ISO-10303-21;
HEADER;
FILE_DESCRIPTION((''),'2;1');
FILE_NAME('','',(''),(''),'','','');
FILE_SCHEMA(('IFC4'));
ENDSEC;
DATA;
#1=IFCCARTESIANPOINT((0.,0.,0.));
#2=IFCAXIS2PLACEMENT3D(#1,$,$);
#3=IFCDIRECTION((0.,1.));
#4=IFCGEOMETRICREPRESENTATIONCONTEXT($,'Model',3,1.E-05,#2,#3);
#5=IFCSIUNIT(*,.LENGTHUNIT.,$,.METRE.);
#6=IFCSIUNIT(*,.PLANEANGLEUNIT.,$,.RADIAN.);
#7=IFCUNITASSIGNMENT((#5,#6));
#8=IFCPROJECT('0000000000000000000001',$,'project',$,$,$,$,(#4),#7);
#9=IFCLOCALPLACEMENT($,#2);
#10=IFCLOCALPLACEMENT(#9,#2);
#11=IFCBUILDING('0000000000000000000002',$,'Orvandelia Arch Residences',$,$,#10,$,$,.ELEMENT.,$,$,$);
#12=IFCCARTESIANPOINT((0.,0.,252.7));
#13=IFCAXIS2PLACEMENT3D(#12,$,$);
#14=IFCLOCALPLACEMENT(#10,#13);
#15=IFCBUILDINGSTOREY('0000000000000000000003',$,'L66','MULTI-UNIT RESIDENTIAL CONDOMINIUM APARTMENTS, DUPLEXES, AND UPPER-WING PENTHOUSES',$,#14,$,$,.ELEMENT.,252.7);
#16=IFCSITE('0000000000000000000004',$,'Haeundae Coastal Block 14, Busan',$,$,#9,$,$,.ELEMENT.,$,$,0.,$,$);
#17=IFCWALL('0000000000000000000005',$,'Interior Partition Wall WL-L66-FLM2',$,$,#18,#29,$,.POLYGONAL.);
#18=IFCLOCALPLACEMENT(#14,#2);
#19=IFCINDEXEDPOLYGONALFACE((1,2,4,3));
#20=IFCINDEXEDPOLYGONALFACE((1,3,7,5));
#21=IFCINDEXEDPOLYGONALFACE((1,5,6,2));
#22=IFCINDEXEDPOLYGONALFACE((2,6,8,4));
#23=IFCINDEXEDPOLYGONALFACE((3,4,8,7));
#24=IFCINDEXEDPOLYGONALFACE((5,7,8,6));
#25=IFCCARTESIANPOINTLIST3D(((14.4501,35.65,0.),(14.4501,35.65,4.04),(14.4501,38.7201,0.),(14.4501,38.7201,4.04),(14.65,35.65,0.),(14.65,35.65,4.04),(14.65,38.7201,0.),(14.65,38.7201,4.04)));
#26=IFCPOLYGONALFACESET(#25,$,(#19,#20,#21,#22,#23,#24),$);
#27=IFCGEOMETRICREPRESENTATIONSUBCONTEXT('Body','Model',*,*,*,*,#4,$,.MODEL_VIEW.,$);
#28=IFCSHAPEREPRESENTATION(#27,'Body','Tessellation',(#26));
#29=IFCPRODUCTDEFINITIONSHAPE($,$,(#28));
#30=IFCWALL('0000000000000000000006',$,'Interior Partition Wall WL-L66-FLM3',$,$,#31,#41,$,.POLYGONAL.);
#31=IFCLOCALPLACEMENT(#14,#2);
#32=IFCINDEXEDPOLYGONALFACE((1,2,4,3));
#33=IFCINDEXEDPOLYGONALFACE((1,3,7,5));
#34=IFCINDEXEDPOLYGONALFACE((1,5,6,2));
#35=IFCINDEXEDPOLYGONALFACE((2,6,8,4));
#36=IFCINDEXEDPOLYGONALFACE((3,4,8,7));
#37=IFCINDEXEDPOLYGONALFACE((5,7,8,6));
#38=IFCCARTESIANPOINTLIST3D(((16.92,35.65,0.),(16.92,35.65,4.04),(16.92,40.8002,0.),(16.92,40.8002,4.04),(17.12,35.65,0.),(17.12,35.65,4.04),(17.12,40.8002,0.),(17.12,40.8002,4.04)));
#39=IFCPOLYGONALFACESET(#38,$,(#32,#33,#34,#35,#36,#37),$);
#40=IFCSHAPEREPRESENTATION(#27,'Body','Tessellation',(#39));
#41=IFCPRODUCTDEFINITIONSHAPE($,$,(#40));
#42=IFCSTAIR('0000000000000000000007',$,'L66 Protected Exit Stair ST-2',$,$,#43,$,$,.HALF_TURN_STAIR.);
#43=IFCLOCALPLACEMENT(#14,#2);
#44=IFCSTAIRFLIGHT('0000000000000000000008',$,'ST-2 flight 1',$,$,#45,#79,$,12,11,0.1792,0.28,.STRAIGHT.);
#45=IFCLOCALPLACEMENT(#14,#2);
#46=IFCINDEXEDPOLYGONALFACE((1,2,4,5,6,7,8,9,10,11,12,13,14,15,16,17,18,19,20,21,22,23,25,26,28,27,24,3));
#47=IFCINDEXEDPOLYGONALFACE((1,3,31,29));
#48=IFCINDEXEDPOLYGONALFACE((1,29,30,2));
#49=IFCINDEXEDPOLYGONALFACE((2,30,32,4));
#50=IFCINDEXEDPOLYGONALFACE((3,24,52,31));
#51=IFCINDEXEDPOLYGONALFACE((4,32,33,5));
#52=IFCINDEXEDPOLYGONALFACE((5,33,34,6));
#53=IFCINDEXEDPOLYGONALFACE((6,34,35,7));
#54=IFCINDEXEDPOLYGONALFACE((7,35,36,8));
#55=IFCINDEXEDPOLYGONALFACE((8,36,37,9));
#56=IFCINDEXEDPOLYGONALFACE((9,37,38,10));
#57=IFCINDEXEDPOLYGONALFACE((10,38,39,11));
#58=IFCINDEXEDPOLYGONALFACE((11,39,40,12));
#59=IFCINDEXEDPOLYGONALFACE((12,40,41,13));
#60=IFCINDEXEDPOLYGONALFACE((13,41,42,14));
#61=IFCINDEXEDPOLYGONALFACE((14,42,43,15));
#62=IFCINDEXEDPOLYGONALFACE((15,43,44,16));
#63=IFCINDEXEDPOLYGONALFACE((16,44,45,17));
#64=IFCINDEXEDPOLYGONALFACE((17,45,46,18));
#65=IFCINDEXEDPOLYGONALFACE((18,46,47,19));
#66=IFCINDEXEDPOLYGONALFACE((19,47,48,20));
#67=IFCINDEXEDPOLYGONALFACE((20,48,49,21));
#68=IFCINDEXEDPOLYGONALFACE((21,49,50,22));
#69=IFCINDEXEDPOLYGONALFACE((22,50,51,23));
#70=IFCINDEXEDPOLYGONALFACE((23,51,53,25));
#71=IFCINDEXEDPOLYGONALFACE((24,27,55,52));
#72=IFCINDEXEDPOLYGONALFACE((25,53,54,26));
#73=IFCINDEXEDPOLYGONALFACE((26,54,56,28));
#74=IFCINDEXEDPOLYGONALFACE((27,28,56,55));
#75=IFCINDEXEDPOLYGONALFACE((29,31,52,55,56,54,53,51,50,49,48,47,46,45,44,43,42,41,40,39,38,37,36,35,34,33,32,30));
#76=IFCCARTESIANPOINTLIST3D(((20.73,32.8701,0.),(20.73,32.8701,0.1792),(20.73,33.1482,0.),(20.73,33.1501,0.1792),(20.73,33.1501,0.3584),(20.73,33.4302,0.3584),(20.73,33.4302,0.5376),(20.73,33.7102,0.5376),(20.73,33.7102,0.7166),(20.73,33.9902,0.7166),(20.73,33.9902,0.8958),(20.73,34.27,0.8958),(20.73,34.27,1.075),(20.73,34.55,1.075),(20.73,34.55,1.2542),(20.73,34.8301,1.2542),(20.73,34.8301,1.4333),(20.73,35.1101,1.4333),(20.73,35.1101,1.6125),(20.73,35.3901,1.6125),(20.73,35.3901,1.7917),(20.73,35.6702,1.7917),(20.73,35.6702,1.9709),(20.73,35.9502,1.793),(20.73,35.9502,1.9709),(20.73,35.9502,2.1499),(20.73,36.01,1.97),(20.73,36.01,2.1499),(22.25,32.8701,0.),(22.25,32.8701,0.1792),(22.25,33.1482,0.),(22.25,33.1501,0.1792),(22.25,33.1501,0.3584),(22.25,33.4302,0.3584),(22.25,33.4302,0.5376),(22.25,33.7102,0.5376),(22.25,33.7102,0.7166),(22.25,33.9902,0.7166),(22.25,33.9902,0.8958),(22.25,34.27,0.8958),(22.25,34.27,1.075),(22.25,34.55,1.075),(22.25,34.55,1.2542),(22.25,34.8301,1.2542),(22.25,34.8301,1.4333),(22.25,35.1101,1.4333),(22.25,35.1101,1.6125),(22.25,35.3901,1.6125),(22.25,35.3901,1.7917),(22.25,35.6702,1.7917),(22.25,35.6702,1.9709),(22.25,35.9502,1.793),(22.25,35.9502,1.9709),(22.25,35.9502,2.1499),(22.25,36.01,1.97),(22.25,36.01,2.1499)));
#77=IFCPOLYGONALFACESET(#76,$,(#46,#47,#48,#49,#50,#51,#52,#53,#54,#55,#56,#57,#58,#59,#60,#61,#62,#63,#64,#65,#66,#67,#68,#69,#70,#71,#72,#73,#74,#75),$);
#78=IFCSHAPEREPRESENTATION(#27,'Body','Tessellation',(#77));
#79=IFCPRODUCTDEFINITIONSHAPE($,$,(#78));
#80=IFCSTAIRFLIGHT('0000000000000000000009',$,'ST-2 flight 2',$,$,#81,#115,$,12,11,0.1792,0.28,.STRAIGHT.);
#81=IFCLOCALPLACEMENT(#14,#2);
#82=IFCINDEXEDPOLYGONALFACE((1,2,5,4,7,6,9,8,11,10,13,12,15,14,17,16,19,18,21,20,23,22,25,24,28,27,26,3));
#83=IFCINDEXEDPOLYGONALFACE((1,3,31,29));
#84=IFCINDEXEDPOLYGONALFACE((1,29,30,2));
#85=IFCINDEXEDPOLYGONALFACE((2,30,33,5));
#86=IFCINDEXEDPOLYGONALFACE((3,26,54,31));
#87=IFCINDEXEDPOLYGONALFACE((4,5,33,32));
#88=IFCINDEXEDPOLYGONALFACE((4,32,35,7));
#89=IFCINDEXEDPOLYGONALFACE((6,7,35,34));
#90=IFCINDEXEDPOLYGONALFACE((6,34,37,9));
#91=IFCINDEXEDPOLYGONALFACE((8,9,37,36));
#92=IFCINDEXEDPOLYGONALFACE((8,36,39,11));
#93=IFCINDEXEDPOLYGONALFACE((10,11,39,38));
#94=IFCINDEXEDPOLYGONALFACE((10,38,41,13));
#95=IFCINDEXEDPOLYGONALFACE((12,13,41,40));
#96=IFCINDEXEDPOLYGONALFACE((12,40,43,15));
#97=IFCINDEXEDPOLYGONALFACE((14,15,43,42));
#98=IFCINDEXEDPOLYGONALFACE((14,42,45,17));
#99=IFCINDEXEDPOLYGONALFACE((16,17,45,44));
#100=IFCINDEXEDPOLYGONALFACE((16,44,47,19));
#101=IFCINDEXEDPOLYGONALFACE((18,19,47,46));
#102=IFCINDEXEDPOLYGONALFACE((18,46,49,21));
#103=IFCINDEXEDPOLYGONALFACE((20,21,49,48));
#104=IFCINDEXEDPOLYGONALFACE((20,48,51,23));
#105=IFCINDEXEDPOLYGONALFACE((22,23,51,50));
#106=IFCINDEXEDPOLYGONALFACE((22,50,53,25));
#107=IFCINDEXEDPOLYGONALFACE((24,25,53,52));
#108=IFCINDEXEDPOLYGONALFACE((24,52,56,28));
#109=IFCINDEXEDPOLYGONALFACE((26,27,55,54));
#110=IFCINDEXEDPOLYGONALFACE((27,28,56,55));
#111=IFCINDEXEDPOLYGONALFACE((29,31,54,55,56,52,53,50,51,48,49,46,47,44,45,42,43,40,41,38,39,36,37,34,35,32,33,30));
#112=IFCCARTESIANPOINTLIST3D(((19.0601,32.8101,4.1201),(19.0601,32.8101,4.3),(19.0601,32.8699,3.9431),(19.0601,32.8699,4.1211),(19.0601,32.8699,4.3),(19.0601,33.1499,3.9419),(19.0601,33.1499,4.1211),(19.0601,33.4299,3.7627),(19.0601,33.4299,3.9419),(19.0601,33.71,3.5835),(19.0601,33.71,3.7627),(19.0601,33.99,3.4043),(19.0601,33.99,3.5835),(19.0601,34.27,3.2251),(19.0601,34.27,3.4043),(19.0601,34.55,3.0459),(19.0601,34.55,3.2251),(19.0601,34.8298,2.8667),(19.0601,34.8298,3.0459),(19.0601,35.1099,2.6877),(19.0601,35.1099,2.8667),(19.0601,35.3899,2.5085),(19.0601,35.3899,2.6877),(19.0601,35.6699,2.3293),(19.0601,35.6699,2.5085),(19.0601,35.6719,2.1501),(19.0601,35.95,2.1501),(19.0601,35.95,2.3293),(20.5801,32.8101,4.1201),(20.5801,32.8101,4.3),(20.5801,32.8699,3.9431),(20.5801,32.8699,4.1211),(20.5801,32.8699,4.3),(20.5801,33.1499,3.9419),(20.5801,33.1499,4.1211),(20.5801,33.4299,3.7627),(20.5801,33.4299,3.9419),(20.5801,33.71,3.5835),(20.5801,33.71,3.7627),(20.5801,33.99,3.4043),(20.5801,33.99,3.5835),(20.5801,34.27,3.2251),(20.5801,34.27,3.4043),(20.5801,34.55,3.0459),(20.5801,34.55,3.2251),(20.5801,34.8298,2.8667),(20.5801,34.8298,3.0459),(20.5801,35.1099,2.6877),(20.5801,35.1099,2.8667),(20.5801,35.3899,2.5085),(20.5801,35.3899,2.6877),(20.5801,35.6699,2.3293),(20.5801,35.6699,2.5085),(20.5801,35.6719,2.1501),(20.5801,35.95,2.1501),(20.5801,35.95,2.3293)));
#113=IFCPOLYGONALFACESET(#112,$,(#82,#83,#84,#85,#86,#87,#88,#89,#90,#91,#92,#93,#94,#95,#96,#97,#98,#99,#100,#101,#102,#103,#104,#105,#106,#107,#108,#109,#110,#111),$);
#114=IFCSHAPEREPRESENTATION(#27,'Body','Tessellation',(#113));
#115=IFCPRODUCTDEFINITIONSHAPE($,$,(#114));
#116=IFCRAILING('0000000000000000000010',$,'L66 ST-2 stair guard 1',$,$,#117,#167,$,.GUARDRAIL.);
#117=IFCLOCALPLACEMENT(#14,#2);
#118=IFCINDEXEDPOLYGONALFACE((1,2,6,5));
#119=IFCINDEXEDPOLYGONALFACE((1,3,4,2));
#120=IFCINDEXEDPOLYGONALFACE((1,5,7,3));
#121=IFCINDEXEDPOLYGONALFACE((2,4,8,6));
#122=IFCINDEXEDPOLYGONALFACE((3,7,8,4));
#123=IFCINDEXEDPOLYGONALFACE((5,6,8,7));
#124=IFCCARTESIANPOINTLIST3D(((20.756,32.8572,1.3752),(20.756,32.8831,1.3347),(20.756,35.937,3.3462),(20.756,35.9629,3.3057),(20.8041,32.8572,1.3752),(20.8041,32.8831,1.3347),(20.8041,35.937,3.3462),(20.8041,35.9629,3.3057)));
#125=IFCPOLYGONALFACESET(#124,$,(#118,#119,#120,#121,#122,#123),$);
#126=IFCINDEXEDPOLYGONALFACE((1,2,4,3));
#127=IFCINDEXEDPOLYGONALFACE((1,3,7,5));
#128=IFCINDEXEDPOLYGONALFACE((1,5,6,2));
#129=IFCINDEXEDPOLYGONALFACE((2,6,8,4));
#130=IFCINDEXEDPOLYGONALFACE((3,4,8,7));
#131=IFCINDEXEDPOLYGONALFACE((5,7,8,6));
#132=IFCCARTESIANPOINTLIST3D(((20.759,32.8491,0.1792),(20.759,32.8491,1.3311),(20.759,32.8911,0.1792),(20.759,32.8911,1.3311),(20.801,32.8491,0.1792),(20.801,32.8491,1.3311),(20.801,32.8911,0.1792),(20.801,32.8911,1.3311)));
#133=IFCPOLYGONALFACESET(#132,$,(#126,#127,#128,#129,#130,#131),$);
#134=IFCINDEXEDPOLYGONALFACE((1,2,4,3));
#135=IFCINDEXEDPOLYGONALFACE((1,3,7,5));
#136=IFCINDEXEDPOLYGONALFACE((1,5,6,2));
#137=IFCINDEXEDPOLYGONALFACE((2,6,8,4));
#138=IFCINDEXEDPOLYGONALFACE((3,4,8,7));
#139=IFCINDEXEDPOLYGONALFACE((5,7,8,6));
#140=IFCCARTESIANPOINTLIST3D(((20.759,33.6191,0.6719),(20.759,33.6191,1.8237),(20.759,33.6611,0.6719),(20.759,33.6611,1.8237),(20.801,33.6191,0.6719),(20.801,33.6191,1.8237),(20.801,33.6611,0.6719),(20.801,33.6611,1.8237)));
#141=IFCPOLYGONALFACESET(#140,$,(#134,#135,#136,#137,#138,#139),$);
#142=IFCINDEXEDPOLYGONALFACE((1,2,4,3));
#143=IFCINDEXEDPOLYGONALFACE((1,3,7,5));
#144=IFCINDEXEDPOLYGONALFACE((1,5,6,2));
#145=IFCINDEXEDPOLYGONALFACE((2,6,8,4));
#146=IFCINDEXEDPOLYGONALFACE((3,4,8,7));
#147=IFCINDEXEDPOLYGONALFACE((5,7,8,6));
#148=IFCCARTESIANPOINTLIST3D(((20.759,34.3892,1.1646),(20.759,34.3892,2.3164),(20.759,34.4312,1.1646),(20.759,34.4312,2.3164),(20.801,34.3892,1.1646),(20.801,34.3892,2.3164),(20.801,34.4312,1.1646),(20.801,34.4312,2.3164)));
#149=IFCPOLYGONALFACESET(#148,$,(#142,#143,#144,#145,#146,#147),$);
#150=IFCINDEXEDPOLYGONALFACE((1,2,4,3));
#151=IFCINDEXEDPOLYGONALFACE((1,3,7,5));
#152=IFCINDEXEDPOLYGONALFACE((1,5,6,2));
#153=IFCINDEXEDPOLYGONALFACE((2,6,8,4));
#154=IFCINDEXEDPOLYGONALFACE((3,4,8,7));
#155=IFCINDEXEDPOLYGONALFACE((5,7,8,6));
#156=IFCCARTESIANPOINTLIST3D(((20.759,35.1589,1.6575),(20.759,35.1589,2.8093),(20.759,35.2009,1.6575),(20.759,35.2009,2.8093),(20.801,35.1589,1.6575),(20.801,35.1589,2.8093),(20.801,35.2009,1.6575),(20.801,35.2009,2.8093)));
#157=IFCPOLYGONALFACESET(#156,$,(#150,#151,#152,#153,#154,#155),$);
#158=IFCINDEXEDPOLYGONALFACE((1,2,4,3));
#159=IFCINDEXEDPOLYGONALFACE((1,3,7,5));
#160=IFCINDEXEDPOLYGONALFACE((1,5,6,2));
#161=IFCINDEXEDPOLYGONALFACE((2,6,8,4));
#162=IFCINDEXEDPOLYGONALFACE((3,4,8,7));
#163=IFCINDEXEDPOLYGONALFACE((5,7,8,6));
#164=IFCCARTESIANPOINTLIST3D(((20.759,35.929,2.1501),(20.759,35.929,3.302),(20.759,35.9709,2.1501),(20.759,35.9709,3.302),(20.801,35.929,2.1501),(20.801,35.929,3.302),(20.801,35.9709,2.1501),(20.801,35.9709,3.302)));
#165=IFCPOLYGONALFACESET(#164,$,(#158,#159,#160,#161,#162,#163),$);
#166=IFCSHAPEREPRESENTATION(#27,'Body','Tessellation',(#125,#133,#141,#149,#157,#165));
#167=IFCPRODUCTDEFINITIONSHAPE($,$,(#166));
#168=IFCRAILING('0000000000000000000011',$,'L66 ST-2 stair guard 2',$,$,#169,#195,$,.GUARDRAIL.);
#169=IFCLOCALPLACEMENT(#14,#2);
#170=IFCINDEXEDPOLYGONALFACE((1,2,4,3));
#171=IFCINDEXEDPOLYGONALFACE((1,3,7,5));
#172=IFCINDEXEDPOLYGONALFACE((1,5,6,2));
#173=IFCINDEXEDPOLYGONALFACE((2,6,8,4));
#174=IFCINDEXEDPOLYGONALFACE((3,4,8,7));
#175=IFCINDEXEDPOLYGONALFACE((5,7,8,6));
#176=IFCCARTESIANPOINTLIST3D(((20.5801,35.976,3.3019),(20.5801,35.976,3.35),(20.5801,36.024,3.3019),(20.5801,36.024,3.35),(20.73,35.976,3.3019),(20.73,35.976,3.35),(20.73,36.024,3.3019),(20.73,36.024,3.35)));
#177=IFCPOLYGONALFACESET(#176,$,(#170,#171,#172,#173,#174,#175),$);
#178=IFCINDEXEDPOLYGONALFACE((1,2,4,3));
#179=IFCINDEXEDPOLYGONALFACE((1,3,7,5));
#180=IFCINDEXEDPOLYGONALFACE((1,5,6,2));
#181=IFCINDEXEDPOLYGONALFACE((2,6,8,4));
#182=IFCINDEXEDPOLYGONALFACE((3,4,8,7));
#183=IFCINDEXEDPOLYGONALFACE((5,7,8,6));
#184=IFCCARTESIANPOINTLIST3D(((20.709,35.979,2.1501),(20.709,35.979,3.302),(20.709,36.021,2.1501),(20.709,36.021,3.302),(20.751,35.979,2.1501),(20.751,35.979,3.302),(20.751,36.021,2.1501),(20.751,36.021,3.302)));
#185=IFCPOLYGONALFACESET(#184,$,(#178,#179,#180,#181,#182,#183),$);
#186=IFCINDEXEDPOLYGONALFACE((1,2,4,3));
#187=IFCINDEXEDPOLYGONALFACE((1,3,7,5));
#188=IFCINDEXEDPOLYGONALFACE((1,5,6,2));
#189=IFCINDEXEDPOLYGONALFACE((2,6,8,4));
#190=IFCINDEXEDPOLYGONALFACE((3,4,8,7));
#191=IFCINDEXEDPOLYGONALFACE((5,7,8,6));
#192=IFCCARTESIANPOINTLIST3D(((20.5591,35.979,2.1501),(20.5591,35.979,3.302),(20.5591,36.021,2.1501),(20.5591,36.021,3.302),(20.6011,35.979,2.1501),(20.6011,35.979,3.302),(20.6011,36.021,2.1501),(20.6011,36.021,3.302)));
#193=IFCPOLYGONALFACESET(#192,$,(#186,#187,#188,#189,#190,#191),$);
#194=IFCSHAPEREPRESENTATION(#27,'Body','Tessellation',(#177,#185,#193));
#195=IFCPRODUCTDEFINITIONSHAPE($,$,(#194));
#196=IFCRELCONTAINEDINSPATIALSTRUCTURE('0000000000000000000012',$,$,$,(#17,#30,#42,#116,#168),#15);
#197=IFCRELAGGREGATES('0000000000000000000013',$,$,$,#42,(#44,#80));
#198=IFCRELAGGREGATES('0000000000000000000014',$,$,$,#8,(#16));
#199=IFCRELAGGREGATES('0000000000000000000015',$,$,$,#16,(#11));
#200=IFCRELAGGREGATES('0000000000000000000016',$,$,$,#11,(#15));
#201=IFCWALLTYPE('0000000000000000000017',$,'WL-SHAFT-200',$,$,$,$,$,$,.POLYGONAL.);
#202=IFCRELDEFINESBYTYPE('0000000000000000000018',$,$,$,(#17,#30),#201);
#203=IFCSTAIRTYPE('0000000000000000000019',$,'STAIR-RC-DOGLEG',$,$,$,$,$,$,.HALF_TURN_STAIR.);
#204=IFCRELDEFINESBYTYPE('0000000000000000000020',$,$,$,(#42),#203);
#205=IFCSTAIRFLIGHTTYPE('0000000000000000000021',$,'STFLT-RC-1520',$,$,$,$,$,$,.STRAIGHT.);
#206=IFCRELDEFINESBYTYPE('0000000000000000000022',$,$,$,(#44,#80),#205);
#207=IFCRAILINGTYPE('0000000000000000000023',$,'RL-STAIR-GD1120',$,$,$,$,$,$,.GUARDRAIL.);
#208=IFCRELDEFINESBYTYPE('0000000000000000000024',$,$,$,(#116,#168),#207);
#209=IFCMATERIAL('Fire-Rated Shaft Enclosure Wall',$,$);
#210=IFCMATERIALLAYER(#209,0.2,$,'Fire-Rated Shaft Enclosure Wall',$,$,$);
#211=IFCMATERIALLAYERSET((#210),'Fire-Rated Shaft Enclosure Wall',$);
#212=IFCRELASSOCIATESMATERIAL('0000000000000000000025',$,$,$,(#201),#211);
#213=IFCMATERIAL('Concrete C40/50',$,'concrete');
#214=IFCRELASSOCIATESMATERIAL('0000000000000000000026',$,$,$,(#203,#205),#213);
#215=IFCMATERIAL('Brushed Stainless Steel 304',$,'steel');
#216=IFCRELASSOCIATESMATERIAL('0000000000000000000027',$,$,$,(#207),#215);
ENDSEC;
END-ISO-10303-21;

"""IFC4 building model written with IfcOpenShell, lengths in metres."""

from ifc_helpers import new_model, si_unit, direction, frame, frame_2d, origin, origin_2d, place, context, subcontext, project, spatial, polyline, rectangle, outline, extrude, material, layer, layer_set, type_object, element, aggregate, save


model = new_model("IFC4")

# Units and contexts
model_context = context("Model", 3, precision=1e-05, world=origin(), true_north=direction((0.0, 1.0)))
body_context = subcontext(model_context, "Body", "Model", "MODEL_VIEW")
ifc_project = project(units=[si_unit("LENGTHUNIT", "METRE"), si_unit("PLANEANGLEUNIT", "RADIAN")], contexts=[model_context])

# Site, building, storey
site_placement = place(None, origin())
site = spatial("IfcSite", under=ifc_project, at=site_placement, Name="Haeundae Coastal Block 14, Busan", CompositionType="ELEMENT", RefElevation=0.0)
building_placement = place(site_placement, origin())
building = spatial("IfcBuilding", under=site, at=building_placement, Name="Orvandelia Arch Residences", CompositionType="ELEMENT")
storey_placement = place(building_placement, frame((0.0, 0.0, 252.7)))
storey = spatial("IfcBuildingStorey", under=building, at=storey_placement, Name="L66", Description="MULTI-UNIT RESIDENTIAL CONDOMINIUM APARTMENTS, DUPLEXES, AND UPPER-WING PENTHOUSES", CompositionType="ELEMENT", Elevation=252.7)

# Walls
ifc_material_1 = material(Name="Fire-Rated Shaft Enclosure Wall")
ifc_layer_1 = layer(ifc_material_1, 0.2, Name="Fire-Rated Shaft Enclosure Wall")
ifc_layer_set_1 = layer_set([ifc_layer_1], Name="Fire-Rated Shaft Enclosure Wall")
wall_type_1 = type_object("IfcWallType", Name="WL-SHAFT-200", PredefinedType="POLYGONAL", material=ifc_layer_set_1)
for number, where, z_axis, x_axis, name in (
    (1, (14.55, 35.6499, 0.0), (0.0, 0.0, 1.0), (0.0, 1.0, 0.0), "Interior Partition Wall WL-L66-FLM2"),
):
    element("IfcWall", number, at=place(storey_placement, frame(where, z_axis=z_axis, x_axis=x_axis)), inside=storey, type_object=wall_type_1, Name=name, PredefinedType="POLYGONAL", context=body_context, shape_type="SweptSolid", body=[
        extrude(rectangle(XDim=3.0701, YDim=0.2, at=frame_2d((1.5352, 0.0))), origin(), (0.0, 0.0, 1.0), 4.04),
    ])
wall_1_placement = place(storey_placement, frame((17.02, 35.6499, 0.0), z_axis=(0.0, 0.0, 1.0), x_axis=(0.0, 1.0, 0.0)))
element("IfcWall", 2, at=wall_1_placement, inside=storey, type_object=wall_type_1, Name="Interior Partition Wall WL-L66-FLM3", PredefinedType="POLYGONAL", context=body_context, shape_type="SweptSolid", body=[
    extrude(rectangle(XDim=5.1501, YDim=0.2, at=frame_2d((2.5752, 0.0))), origin(), (0.0, 0.0, 1.0), 4.04),
])

# Stair, stair flights
ifc_material_2 = material(Name="Concrete C40/50", Category="concrete")
stair_type = type_object("IfcStairType", Name="STAIR-RC-DOGLEG", PredefinedType="HALF_TURN_STAIR", material=ifc_material_2)
stair_placement = place(storey_placement, origin())
stair = element("IfcStair", 3, at=stair_placement, inside=storey, type_object=stair_type, Name="L66 Protected Exit Stair ST-2", PredefinedType="HALF_TURN_STAIR")
stair_flight_type = type_object("IfcStairFlightType", Name="STFLT-RC-1520", PredefinedType="STRAIGHT", material=ifc_material_2)
stair_flight_1_placement = place(storey_placement, frame((21.49, 32.8701, 0.0), z_axis=(0.0, 0.0, 1.0), x_axis=(0.0, 1.0, 0.0)))
stair_flight_1 = element("IfcStairFlight", 4, at=stair_flight_1_placement, type_object=stair_flight_type, Name="ST-2 flight 1", NumberOfRisers=12, NumberOfTreads=11, PredefinedType="STRAIGHT", RiserHeight=0.1792, TreadLength=0.28, context=body_context, shape_type="SweptSolid", body=[
    extrude(outline(polyline([(0.0, 0.0), (0.0, 0.1792), (0.28, 0.1792), (0.28, 0.3584), (0.5601, 0.3584), (0.5601, 0.5376), (0.8401, 0.5376), (0.8401, 0.7166), (1.1201, 0.7166), (1.1201, 0.8958), (1.3999, 0.8958), (1.3999, 1.075), (1.6799, 1.075), (1.6799, 1.2542), (1.96, 1.2542), (1.96, 1.4333), (2.24, 1.4333), (2.24, 1.6125), (2.52, 1.6125), (2.52, 1.7917), (2.8, 1.7917), (2.8, 1.9709), (3.0801, 1.9709), (3.0801, 2.1499), (3.1399, 2.1499), (3.1399, 1.97), (3.0801, 1.793), (0.2781, 0.0), (0.0, 0.0)])), frame((0.0, 0.76, 0.0), z_axis=(0.0, -1.0, 0.0), x_axis=(1.0, 0.0, 0.0)), (0.0, 0.0, 1.0), 1.52),
])
stair_flight_2_placement = place(storey_placement, frame((19.8201, 35.95, 2.1501), z_axis=(0.0, 0.0, 1.0), x_axis=(0.0, -1.0, 0.0)))
stair_flight_2 = element("IfcStairFlight", 5, at=stair_flight_2_placement, type_object=stair_flight_type, Name="ST-2 flight 2", NumberOfRisers=12, NumberOfTreads=11, PredefinedType="STRAIGHT", RiserHeight=0.1792, TreadLength=0.28, context=body_context, shape_type="SweptSolid", body=[
    extrude(outline(polyline([(0.0, 0.0), (0.0, 0.1792), (0.28, 0.1792), (0.28, 0.3584), (0.5601, 0.3584), (0.5601, 0.5376), (0.8401, 0.5376), (0.8401, 0.7166), (1.1201, 0.7166), (1.1201, 0.8958), (1.3999, 0.8958), (1.3999, 1.075), (1.6799, 1.075), (1.6799, 1.2542), (1.96, 1.2542), (1.96, 1.4333), (2.24, 1.4333), (2.24, 1.6125), (2.52, 1.6125), (2.52, 1.7917), (2.8, 1.7917), (2.8, 1.9709), (3.0801, 1.9709), (3.0801, 2.1499), (3.1399, 2.1499), (3.1399, 1.97), (3.0801, 1.793), (0.2781, 0.0), (0.0, 0.0)])), frame((0.0, 0.76, 0.0), z_axis=(0.0, -1.0, 0.0), x_axis=(1.0, 0.0, 0.0)), (0.0, 0.0, 1.0), 1.52),
])
aggregate(stair, [stair_flight_1, stair_flight_2])

# Railings
ifc_material_3 = material(Name="Brushed Stainless Steel 304", Category="steel")
railing_type_1 = type_object("IfcRailingType", Name="RL-STAIR-GD1120", PredefinedType="GUARDRAIL", material=ifc_material_3)
railing_1_placement = place(storey_placement, frame((20.78, 32.8701, 0.1792)))
element("IfcRailing", 6, at=railing_1_placement, inside=storey, type_object=railing_type_1, Name="L66 ST-2 stair guard 1", PredefinedType="GUARDRAIL", context=body_context, shape_type="SweptSolid", body=[
    extrude(rectangle(XDim=0.0481, YDim=0.0481, at=origin_2d()), frame((0.0, 0.0, 1.1758), z_axis=(0.0, 0.84229, 0.539025), x_axis=(-1.0, 0.0, 0.0)), (0.0, 0.0, 1.0), 3.6565),
    extrude(rectangle(XDim=0.042, YDim=0.042, at=origin_2d()), origin(), (0.0, 0.0, 1.0), 1.1519),
    extrude(rectangle(XDim=0.042, YDim=0.042, at=origin_2d()), frame((0.0, 0.77, 0.4927)), (0.0, 0.0, 1.0), 1.1519),
    extrude(rectangle(XDim=0.042, YDim=0.042, at=origin_2d()), frame((0.0, 1.54, 0.9854)), (0.0, 0.0, 1.0), 1.1519),
    extrude(rectangle(XDim=0.042, YDim=0.042, at=origin_2d()), frame((0.0, 2.3098, 1.4783)), (0.0, 0.0, 1.0), 1.1519),
    extrude(rectangle(XDim=0.042, YDim=0.042, at=origin_2d()), frame((0.0, 3.0798, 1.9709)), (0.0, 0.0, 1.0), 1.1519),
])
railing_2_placement = place(storey_placement, frame((20.73, 36.0, 2.1501)))
element("IfcRailing", 7, at=railing_2_placement, inside=storey, type_object=railing_type_1, Name="L66 ST-2 stair guard 2", PredefinedType="GUARDRAIL", context=body_context, shape_type="SweptSolid", body=[
    extrude(rectangle(XDim=0.0481, YDim=0.0481, at=origin_2d()), frame((0.0, 0.0, 1.1758), z_axis=(-1.0, 0.0, 0.0), x_axis=(0.0, -1.0, 0.0)), (0.0, 0.0, 1.0), 0.1499),
    extrude(rectangle(XDim=0.042, YDim=0.042, at=origin_2d()), origin(), (0.0, 0.0, 1.0), 1.1519),
    extrude(rectangle(XDim=0.042, YDim=0.042, at=origin_2d()), frame((-0.1499, 0.0, 0.0)), (0.0, 0.0, 1.0), 1.1519),
])

save(model, "model.ifc")
